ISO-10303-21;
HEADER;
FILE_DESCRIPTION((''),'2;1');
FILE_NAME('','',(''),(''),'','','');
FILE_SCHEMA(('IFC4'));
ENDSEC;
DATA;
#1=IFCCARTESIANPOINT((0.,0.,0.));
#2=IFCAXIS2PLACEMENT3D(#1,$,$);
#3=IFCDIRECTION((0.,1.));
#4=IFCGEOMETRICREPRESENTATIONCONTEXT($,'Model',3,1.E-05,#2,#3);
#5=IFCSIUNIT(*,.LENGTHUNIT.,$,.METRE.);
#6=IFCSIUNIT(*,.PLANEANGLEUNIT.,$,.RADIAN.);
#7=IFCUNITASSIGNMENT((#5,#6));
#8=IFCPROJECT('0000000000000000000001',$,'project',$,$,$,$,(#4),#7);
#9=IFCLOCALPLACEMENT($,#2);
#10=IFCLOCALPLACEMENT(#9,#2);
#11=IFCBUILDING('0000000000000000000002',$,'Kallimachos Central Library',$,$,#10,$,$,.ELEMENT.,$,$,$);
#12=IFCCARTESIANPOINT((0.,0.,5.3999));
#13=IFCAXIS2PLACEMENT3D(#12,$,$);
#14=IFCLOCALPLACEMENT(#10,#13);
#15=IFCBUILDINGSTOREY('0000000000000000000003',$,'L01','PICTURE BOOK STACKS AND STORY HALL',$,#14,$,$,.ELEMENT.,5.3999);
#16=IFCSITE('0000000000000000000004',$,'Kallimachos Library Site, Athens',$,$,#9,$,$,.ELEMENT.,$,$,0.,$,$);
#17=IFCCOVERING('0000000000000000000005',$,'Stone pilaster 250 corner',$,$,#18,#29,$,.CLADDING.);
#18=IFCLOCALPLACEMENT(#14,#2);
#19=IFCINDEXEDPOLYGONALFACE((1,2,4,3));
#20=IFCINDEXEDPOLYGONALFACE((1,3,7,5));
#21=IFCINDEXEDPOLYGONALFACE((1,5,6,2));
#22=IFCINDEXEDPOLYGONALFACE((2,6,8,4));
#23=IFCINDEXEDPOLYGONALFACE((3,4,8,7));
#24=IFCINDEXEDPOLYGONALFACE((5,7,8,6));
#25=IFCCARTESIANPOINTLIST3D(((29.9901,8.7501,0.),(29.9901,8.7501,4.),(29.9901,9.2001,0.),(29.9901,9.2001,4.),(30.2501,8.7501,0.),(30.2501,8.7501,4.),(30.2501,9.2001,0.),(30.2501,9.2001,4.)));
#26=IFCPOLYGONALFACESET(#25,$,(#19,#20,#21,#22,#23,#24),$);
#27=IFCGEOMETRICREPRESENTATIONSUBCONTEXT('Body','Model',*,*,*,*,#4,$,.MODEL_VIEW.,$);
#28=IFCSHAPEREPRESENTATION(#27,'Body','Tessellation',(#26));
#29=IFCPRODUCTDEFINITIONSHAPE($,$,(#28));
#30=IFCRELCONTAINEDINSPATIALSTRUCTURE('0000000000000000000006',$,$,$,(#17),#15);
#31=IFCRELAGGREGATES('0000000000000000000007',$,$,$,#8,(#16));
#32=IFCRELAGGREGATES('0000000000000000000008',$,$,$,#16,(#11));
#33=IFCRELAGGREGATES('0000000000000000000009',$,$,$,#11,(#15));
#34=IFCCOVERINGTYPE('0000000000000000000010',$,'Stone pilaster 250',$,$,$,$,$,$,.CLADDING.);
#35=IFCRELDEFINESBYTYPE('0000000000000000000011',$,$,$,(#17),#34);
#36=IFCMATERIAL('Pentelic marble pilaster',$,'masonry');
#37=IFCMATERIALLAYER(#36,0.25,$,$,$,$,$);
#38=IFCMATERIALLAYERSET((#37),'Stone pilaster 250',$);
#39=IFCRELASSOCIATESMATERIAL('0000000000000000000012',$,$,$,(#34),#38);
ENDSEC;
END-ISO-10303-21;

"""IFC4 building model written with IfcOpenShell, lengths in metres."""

from ifc_helpers import new_model, si_unit, direction, frame, origin, origin_2d, place, context, subcontext, project, spatial, rectangle, extrude, material, layer, layer_set, type_object, element, save


model = new_model("IFC4")

# Units and contexts
model_context = context("Model", 3, precision=1e-05, world=origin(), true_north=direction((0.0, 1.0)))
body_context = subcontext(model_context, "Body", "Model", "MODEL_VIEW")
ifc_project = project(units=[si_unit("LENGTHUNIT", "METRE"), si_unit("PLANEANGLEUNIT", "RADIAN")], contexts=[model_context])

# Site, building, storey
site_placement = place(None, origin())
site = spatial("IfcSite", under=ifc_project, at=site_placement, Name="Kallimachos Library Site, Athens", CompositionType="ELEMENT", RefElevation=0.0)
building_placement = place(site_placement, origin())
building = spatial("IfcBuilding", under=site, at=building_placement, Name="Kallimachos Central Library", CompositionType="ELEMENT")
storey_placement = place(building_placement, frame((0.0, 0.0, 5.3999)))
storey = spatial("IfcBuildingStorey", under=building, at=storey_placement, Name="L01", Description="PICTURE BOOK STACKS AND STORY HALL", CompositionType="ELEMENT", Elevation=5.3999)

# Covering
ifc_material_1 = material(Name="Pentelic marble pilaster", Category="masonry")
ifc_layer_1 = layer(ifc_material_1, 0.25)
ifc_layer_set_1 = layer_set([ifc_layer_1], Name="Stone pilaster 250")
covering_type_1 = type_object("IfcCoveringType", Name="Stone pilaster 250", PredefinedType="CLADDING", material=ifc_layer_set_1)
covering_1_placement = place(storey_placement, frame((30.1201, 8.9751, 0.0), z_axis=(0.0, 0.0, 1.0), x_axis=(1.0, 0.0, 0.0)))
element("IfcCovering", 1, at=covering_1_placement, inside=storey, type_object=covering_type_1, Name="Stone pilaster 250 corner", PredefinedType="CLADDING", context=body_context, shape_type="SweptSolid", body=[
    extrude(rectangle(XDim=0.26, YDim=0.45, at=origin_2d()), origin(), (0.0, 0.0, 1.0), 4.0),
])

save(model, "model.ifc")
